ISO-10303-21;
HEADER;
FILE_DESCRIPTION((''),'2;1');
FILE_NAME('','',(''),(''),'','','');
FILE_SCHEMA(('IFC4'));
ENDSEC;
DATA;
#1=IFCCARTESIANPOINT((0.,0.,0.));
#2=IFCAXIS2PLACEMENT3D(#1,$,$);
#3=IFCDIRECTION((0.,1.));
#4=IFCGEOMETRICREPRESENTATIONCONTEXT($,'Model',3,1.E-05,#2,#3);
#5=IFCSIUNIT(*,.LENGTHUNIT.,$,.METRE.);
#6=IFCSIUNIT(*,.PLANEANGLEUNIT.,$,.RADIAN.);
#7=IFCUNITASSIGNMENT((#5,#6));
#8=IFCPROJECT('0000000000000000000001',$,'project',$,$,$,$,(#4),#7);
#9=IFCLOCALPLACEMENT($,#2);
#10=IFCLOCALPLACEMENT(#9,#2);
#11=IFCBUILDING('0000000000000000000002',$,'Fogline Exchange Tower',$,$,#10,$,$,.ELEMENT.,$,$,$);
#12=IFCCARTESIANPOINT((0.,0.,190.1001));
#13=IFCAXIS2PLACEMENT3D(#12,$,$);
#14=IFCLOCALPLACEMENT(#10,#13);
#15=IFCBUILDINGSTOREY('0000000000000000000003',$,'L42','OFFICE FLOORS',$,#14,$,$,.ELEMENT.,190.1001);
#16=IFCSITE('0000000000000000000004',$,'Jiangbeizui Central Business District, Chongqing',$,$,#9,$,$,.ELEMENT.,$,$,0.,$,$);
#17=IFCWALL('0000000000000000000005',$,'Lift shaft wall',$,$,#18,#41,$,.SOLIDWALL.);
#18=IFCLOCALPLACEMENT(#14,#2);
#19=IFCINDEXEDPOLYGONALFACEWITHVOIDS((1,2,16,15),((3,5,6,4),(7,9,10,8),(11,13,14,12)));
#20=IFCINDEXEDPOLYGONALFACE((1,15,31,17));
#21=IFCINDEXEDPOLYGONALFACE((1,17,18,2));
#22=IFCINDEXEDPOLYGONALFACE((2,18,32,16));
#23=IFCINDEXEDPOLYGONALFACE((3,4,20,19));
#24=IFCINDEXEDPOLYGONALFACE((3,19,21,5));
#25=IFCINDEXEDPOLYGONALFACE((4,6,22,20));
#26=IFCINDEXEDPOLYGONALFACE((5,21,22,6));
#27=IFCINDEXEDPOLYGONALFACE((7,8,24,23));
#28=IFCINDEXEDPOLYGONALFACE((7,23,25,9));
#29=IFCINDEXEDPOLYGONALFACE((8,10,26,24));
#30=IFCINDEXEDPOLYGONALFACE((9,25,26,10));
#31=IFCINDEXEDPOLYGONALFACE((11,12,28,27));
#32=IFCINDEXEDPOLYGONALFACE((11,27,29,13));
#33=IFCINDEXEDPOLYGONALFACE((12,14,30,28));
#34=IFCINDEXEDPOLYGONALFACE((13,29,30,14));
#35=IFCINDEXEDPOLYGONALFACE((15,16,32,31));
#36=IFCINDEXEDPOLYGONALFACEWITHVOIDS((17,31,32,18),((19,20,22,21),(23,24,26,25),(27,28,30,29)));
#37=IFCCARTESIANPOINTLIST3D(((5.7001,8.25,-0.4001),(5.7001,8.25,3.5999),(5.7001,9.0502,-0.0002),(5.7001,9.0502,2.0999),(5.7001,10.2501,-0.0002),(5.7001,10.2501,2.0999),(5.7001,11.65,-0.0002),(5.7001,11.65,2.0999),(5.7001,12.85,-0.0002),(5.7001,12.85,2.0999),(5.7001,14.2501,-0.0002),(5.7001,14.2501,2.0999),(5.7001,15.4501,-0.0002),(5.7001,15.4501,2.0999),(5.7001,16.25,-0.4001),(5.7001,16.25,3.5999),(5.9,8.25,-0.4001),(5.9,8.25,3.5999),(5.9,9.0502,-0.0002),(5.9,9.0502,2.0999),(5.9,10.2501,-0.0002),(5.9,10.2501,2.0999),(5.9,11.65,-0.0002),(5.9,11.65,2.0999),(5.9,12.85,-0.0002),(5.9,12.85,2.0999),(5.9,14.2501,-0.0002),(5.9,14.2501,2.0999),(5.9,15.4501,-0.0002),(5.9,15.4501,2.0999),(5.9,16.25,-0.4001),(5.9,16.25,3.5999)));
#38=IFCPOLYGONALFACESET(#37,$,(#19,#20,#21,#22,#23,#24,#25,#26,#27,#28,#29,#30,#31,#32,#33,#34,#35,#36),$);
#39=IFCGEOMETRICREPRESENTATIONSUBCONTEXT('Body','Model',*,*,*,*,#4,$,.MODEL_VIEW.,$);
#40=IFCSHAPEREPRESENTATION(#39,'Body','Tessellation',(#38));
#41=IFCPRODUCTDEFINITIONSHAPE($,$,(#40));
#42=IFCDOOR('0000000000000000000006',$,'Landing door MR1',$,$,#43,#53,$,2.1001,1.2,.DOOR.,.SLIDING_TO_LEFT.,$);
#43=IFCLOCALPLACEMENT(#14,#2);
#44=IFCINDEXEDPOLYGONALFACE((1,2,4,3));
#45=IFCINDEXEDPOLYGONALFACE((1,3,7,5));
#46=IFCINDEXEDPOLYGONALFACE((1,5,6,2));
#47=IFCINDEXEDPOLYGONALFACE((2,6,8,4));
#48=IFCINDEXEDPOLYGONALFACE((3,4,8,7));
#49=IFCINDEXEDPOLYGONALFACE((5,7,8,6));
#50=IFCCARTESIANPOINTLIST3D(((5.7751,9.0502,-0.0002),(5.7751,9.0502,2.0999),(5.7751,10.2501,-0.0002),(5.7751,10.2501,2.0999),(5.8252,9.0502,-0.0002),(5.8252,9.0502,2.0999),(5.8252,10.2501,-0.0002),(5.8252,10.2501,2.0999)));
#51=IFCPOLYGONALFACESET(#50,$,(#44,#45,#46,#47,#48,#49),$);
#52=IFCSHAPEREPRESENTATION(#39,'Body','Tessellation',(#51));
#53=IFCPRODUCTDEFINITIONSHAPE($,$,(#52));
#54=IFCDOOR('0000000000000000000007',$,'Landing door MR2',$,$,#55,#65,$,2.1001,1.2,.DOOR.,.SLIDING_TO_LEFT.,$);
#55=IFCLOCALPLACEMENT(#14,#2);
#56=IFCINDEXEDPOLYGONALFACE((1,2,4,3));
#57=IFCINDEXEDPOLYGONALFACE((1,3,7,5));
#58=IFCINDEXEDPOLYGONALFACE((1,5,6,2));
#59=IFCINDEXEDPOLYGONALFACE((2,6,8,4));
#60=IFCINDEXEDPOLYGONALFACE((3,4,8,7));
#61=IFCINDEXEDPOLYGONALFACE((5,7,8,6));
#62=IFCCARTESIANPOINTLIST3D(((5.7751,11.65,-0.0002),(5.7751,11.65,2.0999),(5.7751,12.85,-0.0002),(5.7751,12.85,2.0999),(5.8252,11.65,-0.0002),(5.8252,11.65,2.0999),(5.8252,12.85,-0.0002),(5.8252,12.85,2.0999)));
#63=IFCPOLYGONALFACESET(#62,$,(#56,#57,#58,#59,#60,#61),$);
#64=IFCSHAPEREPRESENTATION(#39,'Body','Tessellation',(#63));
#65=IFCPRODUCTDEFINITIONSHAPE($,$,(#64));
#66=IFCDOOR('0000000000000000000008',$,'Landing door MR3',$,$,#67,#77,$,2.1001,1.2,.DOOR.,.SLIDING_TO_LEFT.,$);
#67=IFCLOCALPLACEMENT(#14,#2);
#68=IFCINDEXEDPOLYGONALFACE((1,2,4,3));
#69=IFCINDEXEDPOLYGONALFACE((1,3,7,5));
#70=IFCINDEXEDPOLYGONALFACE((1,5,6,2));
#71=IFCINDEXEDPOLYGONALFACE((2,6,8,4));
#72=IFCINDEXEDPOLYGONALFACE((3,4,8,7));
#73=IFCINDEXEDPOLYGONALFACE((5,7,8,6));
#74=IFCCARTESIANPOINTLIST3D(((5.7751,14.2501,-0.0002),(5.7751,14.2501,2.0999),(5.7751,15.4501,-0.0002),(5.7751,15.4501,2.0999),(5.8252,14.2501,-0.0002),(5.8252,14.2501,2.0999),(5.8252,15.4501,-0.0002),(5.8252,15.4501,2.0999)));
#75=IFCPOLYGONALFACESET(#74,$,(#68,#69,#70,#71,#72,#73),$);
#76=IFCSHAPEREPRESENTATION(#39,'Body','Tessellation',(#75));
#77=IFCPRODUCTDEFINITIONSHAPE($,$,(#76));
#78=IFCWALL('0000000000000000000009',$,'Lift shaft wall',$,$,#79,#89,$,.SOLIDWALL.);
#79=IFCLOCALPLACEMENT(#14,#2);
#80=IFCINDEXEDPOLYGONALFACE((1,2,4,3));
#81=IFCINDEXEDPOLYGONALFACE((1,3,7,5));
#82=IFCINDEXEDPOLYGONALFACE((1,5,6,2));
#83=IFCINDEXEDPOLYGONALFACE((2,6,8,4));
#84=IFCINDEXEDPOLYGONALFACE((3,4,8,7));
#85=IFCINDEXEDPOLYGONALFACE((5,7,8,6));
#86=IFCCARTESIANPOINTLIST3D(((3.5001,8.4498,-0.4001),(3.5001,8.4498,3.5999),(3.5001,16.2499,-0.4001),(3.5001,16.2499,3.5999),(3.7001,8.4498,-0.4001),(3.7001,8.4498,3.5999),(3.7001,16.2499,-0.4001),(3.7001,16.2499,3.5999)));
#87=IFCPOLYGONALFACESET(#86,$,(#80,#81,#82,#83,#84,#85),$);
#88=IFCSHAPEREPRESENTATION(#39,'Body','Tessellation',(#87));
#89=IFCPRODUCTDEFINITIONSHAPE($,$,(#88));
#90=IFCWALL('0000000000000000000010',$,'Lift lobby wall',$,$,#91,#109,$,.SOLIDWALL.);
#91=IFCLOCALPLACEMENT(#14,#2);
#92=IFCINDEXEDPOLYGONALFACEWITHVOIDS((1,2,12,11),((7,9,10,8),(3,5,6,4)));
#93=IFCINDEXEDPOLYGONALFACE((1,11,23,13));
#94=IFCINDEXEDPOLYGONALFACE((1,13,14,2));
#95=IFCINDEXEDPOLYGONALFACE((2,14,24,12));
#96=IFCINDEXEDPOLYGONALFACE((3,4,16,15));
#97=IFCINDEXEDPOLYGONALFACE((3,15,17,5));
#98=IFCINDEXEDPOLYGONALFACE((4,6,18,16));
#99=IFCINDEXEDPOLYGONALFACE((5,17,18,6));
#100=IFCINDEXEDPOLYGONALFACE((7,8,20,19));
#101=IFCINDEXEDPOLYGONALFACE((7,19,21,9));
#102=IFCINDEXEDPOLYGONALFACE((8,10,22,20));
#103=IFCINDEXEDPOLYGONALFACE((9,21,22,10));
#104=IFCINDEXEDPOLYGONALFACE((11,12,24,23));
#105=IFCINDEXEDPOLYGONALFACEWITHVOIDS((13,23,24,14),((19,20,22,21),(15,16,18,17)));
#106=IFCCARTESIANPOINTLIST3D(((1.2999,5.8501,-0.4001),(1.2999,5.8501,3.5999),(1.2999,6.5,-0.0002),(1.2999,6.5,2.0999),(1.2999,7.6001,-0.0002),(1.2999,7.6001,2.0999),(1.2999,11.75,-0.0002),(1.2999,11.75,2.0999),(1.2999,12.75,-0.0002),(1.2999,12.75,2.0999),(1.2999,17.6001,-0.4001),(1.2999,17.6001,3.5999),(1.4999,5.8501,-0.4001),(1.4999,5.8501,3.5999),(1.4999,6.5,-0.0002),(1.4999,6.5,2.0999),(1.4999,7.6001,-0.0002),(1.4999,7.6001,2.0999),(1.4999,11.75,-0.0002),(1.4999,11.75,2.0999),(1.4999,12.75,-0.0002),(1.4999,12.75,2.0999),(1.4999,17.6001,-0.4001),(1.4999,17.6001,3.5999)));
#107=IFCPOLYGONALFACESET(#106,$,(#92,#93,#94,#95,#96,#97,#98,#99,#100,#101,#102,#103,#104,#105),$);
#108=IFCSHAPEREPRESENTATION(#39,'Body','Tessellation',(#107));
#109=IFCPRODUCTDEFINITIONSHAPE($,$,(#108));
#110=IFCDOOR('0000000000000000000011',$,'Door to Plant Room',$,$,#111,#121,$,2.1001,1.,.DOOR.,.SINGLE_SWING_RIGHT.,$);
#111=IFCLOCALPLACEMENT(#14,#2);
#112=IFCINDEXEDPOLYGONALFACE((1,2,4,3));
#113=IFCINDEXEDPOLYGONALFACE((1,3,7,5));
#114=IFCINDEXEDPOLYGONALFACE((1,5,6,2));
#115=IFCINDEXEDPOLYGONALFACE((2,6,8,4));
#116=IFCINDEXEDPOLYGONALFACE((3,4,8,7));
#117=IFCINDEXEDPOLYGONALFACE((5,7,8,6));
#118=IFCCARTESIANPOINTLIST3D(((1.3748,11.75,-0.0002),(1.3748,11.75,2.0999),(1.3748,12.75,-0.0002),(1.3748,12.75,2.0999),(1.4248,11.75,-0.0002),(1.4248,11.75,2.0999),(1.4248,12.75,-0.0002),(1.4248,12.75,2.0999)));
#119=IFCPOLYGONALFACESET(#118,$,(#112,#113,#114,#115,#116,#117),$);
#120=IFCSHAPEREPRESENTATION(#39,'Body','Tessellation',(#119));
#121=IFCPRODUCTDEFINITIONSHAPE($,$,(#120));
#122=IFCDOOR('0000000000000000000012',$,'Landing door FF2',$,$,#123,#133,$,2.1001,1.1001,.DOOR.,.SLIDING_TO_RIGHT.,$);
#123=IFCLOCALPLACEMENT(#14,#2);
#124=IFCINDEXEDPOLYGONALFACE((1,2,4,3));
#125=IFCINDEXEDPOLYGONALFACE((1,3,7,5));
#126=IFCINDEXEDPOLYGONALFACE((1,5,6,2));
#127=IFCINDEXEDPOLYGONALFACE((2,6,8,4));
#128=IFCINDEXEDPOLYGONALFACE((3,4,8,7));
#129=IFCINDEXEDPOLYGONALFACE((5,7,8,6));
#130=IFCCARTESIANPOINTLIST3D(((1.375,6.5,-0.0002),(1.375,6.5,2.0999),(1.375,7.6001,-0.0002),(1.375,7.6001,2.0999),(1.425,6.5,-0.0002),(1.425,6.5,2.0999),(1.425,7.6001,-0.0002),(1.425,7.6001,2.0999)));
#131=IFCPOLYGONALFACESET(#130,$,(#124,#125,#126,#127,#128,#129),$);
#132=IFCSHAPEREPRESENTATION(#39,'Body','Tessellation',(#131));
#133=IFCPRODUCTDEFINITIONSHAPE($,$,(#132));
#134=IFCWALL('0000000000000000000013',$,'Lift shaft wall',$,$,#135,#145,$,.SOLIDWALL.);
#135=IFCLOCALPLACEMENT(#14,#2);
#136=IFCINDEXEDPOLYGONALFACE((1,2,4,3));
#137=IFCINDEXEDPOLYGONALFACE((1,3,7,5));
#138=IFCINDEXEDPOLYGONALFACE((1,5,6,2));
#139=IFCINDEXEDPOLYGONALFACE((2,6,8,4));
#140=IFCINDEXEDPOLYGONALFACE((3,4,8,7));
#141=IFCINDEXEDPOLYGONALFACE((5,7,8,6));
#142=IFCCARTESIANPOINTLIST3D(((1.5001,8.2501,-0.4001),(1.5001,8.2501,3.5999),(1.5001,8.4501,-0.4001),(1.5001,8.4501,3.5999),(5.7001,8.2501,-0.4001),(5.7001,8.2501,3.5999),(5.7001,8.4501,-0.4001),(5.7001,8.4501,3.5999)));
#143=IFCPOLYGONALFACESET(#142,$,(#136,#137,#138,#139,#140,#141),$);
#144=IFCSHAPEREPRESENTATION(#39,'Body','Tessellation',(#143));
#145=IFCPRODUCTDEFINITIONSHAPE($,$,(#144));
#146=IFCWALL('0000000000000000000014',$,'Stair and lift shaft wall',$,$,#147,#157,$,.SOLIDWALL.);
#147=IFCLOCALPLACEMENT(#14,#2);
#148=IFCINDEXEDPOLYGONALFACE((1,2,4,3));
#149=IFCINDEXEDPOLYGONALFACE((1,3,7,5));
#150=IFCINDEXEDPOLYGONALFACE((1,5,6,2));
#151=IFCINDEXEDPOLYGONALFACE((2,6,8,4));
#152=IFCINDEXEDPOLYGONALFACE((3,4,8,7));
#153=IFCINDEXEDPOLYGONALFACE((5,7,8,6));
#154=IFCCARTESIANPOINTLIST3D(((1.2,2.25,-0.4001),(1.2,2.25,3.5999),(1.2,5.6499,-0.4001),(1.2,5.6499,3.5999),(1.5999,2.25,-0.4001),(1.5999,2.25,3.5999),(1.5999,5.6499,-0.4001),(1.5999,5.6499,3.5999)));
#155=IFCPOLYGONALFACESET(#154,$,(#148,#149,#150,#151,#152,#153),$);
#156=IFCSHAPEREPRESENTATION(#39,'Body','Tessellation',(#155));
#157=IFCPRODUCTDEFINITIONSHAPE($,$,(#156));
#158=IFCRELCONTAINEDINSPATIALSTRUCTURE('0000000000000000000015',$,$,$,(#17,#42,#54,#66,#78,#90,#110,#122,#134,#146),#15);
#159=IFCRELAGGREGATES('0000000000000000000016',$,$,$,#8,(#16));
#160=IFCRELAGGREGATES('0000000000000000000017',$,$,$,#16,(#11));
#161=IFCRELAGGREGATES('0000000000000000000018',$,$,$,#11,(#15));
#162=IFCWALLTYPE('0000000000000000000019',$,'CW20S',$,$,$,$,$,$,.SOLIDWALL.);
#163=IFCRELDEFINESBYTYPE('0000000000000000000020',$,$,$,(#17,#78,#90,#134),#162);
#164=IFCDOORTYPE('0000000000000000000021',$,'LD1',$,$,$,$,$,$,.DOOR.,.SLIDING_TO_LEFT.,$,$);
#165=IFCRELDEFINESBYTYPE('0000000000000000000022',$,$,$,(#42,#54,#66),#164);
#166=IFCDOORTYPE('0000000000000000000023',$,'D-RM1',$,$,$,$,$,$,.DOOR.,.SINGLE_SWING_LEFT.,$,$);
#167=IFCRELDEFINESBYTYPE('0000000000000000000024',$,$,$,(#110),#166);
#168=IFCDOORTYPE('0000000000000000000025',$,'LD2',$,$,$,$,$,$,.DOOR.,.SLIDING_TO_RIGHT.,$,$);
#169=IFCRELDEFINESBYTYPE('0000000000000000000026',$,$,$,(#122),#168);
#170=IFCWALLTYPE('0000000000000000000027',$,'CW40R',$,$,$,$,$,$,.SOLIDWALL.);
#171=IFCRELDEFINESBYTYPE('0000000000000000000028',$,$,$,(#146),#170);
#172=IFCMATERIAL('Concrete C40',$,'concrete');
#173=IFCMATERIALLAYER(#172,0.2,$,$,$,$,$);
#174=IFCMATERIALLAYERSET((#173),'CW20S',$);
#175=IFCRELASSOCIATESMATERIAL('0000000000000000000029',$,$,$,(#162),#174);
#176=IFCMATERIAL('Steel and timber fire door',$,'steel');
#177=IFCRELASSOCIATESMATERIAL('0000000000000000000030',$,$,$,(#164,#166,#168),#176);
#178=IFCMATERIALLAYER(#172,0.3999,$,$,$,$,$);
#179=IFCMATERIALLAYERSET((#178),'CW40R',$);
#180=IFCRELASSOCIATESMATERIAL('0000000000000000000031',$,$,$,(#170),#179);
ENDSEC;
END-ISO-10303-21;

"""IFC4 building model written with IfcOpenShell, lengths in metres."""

from ifc_helpers import new_model, si_unit, direction, frame, frame_2d, origin, place, context, subcontext, project, spatial, rectangle, extrude, material, layer, layer_set, type_object, element, fill, save


model = new_model("IFC4")

# Units and contexts
model_context = context("Model", 3, precision=1e-05, world=origin(), true_north=direction((0.0, 1.0)))
body_context = subcontext(model_context, "Body", "Model", "MODEL_VIEW")
ifc_project = project(units=[si_unit("LENGTHUNIT", "METRE"), si_unit("PLANEANGLEUNIT", "RADIAN")], contexts=[model_context])

# Site, building, storey
site_placement = place(None, origin())
site = spatial("IfcSite", under=ifc_project, at=site_placement, Name="Jiangbeizui Central Business District, Chongqing", CompositionType="ELEMENT", RefElevation=0.0)
building_placement = place(site_placement, origin())
building = spatial("IfcBuilding", under=site, at=building_placement, Name="Fogline Exchange Tower", CompositionType="ELEMENT")
storey_placement = place(building_placement, frame((0.0, 0.0, 190.1001)))
storey = spatial("IfcBuildingStorey", under=building, at=storey_placement, Name="L42", Description="OFFICE FLOORS", CompositionType="ELEMENT", Elevation=190.1001)

# Shared definitions
ifc_material_1 = material(Name="Concrete C40", Category="concrete")

# Shared definitions
ifc_material_2 = material(Name="Steel and timber fire door", Category="steel")

# Wall, openings, doors
ifc_layer_1 = layer(ifc_material_1, 0.2)
ifc_layer_set_1 = layer_set([ifc_layer_1], Name="CW20S")
wall_type_1 = type_object("IfcWallType", Name="CW20S", PredefinedType="SOLIDWALL", material=ifc_layer_set_1)
wall_1_placement = place(storey_placement, frame((5.8, 8.25, -0.4001), z_axis=(0.0, 0.0, 1.0), x_axis=(0.0, 1.0, 0.0)))
wall_1 = element("IfcWall", 1, at=wall_1_placement, inside=storey, type_object=wall_type_1, Name="Lift shaft wall", PredefinedType="SOLIDWALL", context=body_context, shape_type="SweptSolid", body=[
    extrude(rectangle(XDim=8.0, YDim=0.2, at=frame_2d((4.0, 0.0))), origin(), (0.0, 0.0, 1.0), 4.0),
])
opening_1_placement = place(wall_1_placement, frame((0.8, 0.0, 0.3999)))
opening_1 = element("IfcOpeningElement", 2, at=opening_1_placement, cuts=wall_1, PredefinedType="OPENING", context=body_context, shape_type="SweptSolid", body=[
    extrude(rectangle(XDim=1.2, YDim=2.1001, at=frame_2d((0.6001, 1.05))), frame((0.0, 0.1099, 0.0), z_axis=(0.0, -1.0, 0.0), x_axis=(1.0, 0.0, 0.0)), (0.0, 0.0, 1.0), 0.22),
])
opening_2_placement = place(wall_1_placement, frame((3.3999, 0.0, 0.3999)))
opening_2 = element("IfcOpeningElement", 3, at=opening_2_placement, cuts=wall_1, PredefinedType="OPENING", context=body_context, shape_type="SweptSolid", body=[
    extrude(rectangle(XDim=1.2, YDim=2.1001, at=frame_2d((0.6001, 1.05))), frame((0.0, 0.1099, 0.0), z_axis=(0.0, -1.0, 0.0), x_axis=(1.0, 0.0, 0.0)), (0.0, 0.0, 1.0), 0.22),
])
opening_3_placement = place(wall_1_placement, frame((6.0, 0.0, 0.3999)))
opening_3 = element("IfcOpeningElement", 4, at=opening_3_placement, cuts=wall_1, PredefinedType="OPENING", context=body_context, shape_type="SweptSolid", body=[
    extrude(rectangle(XDim=1.2, YDim=2.1001, at=frame_2d((0.6001, 1.05))), frame((0.0, 0.1099, 0.0), z_axis=(0.0, -1.0, 0.0), x_axis=(1.0, 0.0, 0.0)), (0.0, 0.0, 1.0), 0.22),
])
door_type_1 = type_object("IfcDoorType", Name="LD1", OperationType="SLIDING_TO_LEFT", PredefinedType="DOOR", material=ifc_material_2)
door_1_placement = place(opening_1_placement, origin())
door_1 = element("IfcDoor", 5, at=door_1_placement, inside=storey, type_object=door_type_1, Name="Landing door MR1", OperationType="SLIDING_TO_LEFT", OverallHeight=2.1001, OverallWidth=1.2, PredefinedType="DOOR", context=body_context, shape_type="SweptSolid", body=[
    extrude(rectangle(XDim=1.2, YDim=2.1001, at=frame_2d((0.6001, 1.05))), frame((0.0, 0.0249, 0.0), z_axis=(0.0, -1.0, 0.0), x_axis=(1.0, 0.0, 0.0)), (0.0, 0.0, 1.0), 0.05),
])
fill(opening_1, door_1)
door_2_placement = place(opening_2_placement, origin())
door_2 = element("IfcDoor", 6, at=door_2_placement, inside=storey, type_object=door_type_1, Name="Landing door MR2", OperationType="SLIDING_TO_LEFT", OverallHeight=2.1001, OverallWidth=1.2, PredefinedType="DOOR", context=body_context, shape_type="SweptSolid", body=[
    extrude(rectangle(XDim=1.2, YDim=2.1001, at=frame_2d((0.6001, 1.05))), frame((0.0, 0.0249, 0.0), z_axis=(0.0, -1.0, 0.0), x_axis=(1.0, 0.0, 0.0)), (0.0, 0.0, 1.0), 0.05),
])
fill(opening_2, door_2)
door_3_placement = place(opening_3_placement, origin())
door_3 = element("IfcDoor", 7, at=door_3_placement, inside=storey, type_object=door_type_1, Name="Landing door MR3", OperationType="SLIDING_TO_LEFT", OverallHeight=2.1001, OverallWidth=1.2, PredefinedType="DOOR", context=body_context, shape_type="SweptSolid", body=[
    extrude(rectangle(XDim=1.2, YDim=2.1001, at=frame_2d((0.6001, 1.05))), frame((0.0, 0.0249, 0.0), z_axis=(0.0, -1.0, 0.0), x_axis=(1.0, 0.0, 0.0)), (0.0, 0.0, 1.0), 0.05),
])
fill(opening_3, door_3)

# Wall
wall_2_placement = place(storey_placement, frame((3.6001, 8.45, -0.4001), z_axis=(0.0, 0.0, 1.0), x_axis=(0.0, 1.0, 0.0)))
element("IfcWall", 8, at=wall_2_placement, inside=storey, type_object=wall_type_1, Name="Lift shaft wall", PredefinedType="SOLIDWALL", context=body_context, shape_type="SweptSolid", body=[
    extrude(rectangle(XDim=7.8, YDim=0.2, at=frame_2d((3.8999, 0.0))), origin(), (0.0, 0.0, 1.0), 4.0),
])

# Wall, openings, doors
wall_3_placement = place(storey_placement, frame((1.3999, 5.8501, -0.4001), z_axis=(0.0, 0.0, 1.0), x_axis=(0.0, 1.0, 0.0)))
wall_3 = element("IfcWall", 9, at=wall_3_placement, inside=storey, type_object=wall_type_1, Name="Lift lobby wall", PredefinedType="SOLIDWALL", context=body_context, shape_type="SweptSolid", body=[
    extrude(rectangle(XDim=11.75, YDim=0.2, at=frame_2d((5.875, 0.0))), origin(), (0.0, 0.0, 1.0), 4.0),
])
opening_4_placement = place(wall_3_placement, frame((0.6499, 0.0, 0.3999)))
opening_4 = element("IfcOpeningElement", 10, at=opening_4_placement, cuts=wall_3, PredefinedType="OPENING", context=body_context, shape_type="SweptSolid", body=[
    extrude(rectangle(XDim=1.1001, YDim=2.1001, at=frame_2d((0.55, 1.05))), frame((0.0, 0.1099, 0.0), z_axis=(0.0, -1.0, 0.0), x_axis=(1.0, 0.0, 0.0)), (0.0, 0.0, 1.0), 0.22),
])
opening_5_placement = place(wall_3_placement, frame((5.8999, 0.0, 0.3999)))
opening_5 = element("IfcOpeningElement", 11, at=opening_5_placement, cuts=wall_3, PredefinedType="OPENING", context=body_context, shape_type="SweptSolid", body=[
    extrude(rectangle(XDim=1.0, YDim=2.1001, at=frame_2d((0.5, 1.05))), frame((0.0, 0.1099, 0.0), z_axis=(0.0, -1.0, 0.0), x_axis=(1.0, 0.0, 0.0)), (0.0, 0.0, 1.0), 0.22),
])
door_type_2 = type_object("IfcDoorType", Name="D-RM1", OperationType="SINGLE_SWING_LEFT", PredefinedType="DOOR", material=ifc_material_2)
door_4_placement = place(opening_5_placement, frame((1.0, 0.0, 0.0), z_axis=(0.0, 0.0, 1.0), x_axis=(-1.0, 0.0, 0.0)))
door_4 = element("IfcDoor", 12, at=door_4_placement, inside=storey, type_object=door_type_2, Name="Door to Plant Room", OperationType="SINGLE_SWING_RIGHT", OverallHeight=2.1001, OverallWidth=1.0, PredefinedType="DOOR", context=body_context, shape_type="SweptSolid", body=[
    extrude(rectangle(XDim=1.0, YDim=2.1001, at=frame_2d((0.5, 1.05))), frame((0.0, 0.0249, 0.0), z_axis=(0.0, -1.0, 0.0), x_axis=(1.0, 0.0, 0.0)), (0.0, 0.0, 1.0), 0.05),
])
fill(opening_5, door_4)
door_type_3 = type_object("IfcDoorType", Name="LD2", OperationType="SLIDING_TO_RIGHT", PredefinedType="DOOR", material=ifc_material_2)
door_5_placement = place(opening_4_placement, origin())
door_5 = element("IfcDoor", 13, at=door_5_placement, inside=storey, type_object=door_type_3, Name="Landing door FF2", OperationType="SLIDING_TO_RIGHT", OverallHeight=2.1001, OverallWidth=1.1001, PredefinedType="DOOR", context=body_context, shape_type="SweptSolid", body=[
    extrude(rectangle(XDim=1.1001, YDim=2.1001, at=frame_2d((0.55, 1.05))), frame((0.0, 0.0249, 0.0), z_axis=(0.0, -1.0, 0.0), x_axis=(1.0, 0.0, 0.0)), (0.0, 0.0, 1.0), 0.05),
])
fill(opening_4, door_5)

# Walls
wall_4_placement = place(storey_placement, frame((1.5, 8.3501, -0.4001), z_axis=(0.0, 0.0, 1.0), x_axis=(1.0, 0.0, 0.0)))
element("IfcWall", 14, at=wall_4_placement, inside=storey, type_object=wall_type_1, Name="Lift shaft wall", PredefinedType="SOLIDWALL", context=body_context, shape_type="SweptSolid", body=[
    extrude(rectangle(XDim=4.2, YDim=0.2, at=frame_2d((2.1001, 0.0))), origin(), (0.0, 0.0, 1.0), 4.0),
])
ifc_layer_2 = layer(ifc_material_1, 0.3999)
ifc_layer_set_2 = layer_set([ifc_layer_2], Name="CW40R")
wall_type_2 = type_object("IfcWallType", Name="CW40R", PredefinedType="SOLIDWALL", material=ifc_layer_set_2)
wall_5_placement = place(storey_placement, frame((1.3999, 2.25, -0.4001), z_axis=(0.0, 0.0, 1.0), x_axis=(0.0, 1.0, 0.0)))
element("IfcWall", 15, at=wall_5_placement, inside=storey, type_object=wall_type_2, Name="Stair and lift shaft wall", PredefinedType="SOLIDWALL", context=body_context, shape_type="SweptSolid", body=[
    extrude(rectangle(XDim=3.3999, YDim=0.3999, at=frame_2d((1.7, 0.0))), origin(), (0.0, 0.0, 1.0), 4.0),
])

save(model, "model.ifc")
